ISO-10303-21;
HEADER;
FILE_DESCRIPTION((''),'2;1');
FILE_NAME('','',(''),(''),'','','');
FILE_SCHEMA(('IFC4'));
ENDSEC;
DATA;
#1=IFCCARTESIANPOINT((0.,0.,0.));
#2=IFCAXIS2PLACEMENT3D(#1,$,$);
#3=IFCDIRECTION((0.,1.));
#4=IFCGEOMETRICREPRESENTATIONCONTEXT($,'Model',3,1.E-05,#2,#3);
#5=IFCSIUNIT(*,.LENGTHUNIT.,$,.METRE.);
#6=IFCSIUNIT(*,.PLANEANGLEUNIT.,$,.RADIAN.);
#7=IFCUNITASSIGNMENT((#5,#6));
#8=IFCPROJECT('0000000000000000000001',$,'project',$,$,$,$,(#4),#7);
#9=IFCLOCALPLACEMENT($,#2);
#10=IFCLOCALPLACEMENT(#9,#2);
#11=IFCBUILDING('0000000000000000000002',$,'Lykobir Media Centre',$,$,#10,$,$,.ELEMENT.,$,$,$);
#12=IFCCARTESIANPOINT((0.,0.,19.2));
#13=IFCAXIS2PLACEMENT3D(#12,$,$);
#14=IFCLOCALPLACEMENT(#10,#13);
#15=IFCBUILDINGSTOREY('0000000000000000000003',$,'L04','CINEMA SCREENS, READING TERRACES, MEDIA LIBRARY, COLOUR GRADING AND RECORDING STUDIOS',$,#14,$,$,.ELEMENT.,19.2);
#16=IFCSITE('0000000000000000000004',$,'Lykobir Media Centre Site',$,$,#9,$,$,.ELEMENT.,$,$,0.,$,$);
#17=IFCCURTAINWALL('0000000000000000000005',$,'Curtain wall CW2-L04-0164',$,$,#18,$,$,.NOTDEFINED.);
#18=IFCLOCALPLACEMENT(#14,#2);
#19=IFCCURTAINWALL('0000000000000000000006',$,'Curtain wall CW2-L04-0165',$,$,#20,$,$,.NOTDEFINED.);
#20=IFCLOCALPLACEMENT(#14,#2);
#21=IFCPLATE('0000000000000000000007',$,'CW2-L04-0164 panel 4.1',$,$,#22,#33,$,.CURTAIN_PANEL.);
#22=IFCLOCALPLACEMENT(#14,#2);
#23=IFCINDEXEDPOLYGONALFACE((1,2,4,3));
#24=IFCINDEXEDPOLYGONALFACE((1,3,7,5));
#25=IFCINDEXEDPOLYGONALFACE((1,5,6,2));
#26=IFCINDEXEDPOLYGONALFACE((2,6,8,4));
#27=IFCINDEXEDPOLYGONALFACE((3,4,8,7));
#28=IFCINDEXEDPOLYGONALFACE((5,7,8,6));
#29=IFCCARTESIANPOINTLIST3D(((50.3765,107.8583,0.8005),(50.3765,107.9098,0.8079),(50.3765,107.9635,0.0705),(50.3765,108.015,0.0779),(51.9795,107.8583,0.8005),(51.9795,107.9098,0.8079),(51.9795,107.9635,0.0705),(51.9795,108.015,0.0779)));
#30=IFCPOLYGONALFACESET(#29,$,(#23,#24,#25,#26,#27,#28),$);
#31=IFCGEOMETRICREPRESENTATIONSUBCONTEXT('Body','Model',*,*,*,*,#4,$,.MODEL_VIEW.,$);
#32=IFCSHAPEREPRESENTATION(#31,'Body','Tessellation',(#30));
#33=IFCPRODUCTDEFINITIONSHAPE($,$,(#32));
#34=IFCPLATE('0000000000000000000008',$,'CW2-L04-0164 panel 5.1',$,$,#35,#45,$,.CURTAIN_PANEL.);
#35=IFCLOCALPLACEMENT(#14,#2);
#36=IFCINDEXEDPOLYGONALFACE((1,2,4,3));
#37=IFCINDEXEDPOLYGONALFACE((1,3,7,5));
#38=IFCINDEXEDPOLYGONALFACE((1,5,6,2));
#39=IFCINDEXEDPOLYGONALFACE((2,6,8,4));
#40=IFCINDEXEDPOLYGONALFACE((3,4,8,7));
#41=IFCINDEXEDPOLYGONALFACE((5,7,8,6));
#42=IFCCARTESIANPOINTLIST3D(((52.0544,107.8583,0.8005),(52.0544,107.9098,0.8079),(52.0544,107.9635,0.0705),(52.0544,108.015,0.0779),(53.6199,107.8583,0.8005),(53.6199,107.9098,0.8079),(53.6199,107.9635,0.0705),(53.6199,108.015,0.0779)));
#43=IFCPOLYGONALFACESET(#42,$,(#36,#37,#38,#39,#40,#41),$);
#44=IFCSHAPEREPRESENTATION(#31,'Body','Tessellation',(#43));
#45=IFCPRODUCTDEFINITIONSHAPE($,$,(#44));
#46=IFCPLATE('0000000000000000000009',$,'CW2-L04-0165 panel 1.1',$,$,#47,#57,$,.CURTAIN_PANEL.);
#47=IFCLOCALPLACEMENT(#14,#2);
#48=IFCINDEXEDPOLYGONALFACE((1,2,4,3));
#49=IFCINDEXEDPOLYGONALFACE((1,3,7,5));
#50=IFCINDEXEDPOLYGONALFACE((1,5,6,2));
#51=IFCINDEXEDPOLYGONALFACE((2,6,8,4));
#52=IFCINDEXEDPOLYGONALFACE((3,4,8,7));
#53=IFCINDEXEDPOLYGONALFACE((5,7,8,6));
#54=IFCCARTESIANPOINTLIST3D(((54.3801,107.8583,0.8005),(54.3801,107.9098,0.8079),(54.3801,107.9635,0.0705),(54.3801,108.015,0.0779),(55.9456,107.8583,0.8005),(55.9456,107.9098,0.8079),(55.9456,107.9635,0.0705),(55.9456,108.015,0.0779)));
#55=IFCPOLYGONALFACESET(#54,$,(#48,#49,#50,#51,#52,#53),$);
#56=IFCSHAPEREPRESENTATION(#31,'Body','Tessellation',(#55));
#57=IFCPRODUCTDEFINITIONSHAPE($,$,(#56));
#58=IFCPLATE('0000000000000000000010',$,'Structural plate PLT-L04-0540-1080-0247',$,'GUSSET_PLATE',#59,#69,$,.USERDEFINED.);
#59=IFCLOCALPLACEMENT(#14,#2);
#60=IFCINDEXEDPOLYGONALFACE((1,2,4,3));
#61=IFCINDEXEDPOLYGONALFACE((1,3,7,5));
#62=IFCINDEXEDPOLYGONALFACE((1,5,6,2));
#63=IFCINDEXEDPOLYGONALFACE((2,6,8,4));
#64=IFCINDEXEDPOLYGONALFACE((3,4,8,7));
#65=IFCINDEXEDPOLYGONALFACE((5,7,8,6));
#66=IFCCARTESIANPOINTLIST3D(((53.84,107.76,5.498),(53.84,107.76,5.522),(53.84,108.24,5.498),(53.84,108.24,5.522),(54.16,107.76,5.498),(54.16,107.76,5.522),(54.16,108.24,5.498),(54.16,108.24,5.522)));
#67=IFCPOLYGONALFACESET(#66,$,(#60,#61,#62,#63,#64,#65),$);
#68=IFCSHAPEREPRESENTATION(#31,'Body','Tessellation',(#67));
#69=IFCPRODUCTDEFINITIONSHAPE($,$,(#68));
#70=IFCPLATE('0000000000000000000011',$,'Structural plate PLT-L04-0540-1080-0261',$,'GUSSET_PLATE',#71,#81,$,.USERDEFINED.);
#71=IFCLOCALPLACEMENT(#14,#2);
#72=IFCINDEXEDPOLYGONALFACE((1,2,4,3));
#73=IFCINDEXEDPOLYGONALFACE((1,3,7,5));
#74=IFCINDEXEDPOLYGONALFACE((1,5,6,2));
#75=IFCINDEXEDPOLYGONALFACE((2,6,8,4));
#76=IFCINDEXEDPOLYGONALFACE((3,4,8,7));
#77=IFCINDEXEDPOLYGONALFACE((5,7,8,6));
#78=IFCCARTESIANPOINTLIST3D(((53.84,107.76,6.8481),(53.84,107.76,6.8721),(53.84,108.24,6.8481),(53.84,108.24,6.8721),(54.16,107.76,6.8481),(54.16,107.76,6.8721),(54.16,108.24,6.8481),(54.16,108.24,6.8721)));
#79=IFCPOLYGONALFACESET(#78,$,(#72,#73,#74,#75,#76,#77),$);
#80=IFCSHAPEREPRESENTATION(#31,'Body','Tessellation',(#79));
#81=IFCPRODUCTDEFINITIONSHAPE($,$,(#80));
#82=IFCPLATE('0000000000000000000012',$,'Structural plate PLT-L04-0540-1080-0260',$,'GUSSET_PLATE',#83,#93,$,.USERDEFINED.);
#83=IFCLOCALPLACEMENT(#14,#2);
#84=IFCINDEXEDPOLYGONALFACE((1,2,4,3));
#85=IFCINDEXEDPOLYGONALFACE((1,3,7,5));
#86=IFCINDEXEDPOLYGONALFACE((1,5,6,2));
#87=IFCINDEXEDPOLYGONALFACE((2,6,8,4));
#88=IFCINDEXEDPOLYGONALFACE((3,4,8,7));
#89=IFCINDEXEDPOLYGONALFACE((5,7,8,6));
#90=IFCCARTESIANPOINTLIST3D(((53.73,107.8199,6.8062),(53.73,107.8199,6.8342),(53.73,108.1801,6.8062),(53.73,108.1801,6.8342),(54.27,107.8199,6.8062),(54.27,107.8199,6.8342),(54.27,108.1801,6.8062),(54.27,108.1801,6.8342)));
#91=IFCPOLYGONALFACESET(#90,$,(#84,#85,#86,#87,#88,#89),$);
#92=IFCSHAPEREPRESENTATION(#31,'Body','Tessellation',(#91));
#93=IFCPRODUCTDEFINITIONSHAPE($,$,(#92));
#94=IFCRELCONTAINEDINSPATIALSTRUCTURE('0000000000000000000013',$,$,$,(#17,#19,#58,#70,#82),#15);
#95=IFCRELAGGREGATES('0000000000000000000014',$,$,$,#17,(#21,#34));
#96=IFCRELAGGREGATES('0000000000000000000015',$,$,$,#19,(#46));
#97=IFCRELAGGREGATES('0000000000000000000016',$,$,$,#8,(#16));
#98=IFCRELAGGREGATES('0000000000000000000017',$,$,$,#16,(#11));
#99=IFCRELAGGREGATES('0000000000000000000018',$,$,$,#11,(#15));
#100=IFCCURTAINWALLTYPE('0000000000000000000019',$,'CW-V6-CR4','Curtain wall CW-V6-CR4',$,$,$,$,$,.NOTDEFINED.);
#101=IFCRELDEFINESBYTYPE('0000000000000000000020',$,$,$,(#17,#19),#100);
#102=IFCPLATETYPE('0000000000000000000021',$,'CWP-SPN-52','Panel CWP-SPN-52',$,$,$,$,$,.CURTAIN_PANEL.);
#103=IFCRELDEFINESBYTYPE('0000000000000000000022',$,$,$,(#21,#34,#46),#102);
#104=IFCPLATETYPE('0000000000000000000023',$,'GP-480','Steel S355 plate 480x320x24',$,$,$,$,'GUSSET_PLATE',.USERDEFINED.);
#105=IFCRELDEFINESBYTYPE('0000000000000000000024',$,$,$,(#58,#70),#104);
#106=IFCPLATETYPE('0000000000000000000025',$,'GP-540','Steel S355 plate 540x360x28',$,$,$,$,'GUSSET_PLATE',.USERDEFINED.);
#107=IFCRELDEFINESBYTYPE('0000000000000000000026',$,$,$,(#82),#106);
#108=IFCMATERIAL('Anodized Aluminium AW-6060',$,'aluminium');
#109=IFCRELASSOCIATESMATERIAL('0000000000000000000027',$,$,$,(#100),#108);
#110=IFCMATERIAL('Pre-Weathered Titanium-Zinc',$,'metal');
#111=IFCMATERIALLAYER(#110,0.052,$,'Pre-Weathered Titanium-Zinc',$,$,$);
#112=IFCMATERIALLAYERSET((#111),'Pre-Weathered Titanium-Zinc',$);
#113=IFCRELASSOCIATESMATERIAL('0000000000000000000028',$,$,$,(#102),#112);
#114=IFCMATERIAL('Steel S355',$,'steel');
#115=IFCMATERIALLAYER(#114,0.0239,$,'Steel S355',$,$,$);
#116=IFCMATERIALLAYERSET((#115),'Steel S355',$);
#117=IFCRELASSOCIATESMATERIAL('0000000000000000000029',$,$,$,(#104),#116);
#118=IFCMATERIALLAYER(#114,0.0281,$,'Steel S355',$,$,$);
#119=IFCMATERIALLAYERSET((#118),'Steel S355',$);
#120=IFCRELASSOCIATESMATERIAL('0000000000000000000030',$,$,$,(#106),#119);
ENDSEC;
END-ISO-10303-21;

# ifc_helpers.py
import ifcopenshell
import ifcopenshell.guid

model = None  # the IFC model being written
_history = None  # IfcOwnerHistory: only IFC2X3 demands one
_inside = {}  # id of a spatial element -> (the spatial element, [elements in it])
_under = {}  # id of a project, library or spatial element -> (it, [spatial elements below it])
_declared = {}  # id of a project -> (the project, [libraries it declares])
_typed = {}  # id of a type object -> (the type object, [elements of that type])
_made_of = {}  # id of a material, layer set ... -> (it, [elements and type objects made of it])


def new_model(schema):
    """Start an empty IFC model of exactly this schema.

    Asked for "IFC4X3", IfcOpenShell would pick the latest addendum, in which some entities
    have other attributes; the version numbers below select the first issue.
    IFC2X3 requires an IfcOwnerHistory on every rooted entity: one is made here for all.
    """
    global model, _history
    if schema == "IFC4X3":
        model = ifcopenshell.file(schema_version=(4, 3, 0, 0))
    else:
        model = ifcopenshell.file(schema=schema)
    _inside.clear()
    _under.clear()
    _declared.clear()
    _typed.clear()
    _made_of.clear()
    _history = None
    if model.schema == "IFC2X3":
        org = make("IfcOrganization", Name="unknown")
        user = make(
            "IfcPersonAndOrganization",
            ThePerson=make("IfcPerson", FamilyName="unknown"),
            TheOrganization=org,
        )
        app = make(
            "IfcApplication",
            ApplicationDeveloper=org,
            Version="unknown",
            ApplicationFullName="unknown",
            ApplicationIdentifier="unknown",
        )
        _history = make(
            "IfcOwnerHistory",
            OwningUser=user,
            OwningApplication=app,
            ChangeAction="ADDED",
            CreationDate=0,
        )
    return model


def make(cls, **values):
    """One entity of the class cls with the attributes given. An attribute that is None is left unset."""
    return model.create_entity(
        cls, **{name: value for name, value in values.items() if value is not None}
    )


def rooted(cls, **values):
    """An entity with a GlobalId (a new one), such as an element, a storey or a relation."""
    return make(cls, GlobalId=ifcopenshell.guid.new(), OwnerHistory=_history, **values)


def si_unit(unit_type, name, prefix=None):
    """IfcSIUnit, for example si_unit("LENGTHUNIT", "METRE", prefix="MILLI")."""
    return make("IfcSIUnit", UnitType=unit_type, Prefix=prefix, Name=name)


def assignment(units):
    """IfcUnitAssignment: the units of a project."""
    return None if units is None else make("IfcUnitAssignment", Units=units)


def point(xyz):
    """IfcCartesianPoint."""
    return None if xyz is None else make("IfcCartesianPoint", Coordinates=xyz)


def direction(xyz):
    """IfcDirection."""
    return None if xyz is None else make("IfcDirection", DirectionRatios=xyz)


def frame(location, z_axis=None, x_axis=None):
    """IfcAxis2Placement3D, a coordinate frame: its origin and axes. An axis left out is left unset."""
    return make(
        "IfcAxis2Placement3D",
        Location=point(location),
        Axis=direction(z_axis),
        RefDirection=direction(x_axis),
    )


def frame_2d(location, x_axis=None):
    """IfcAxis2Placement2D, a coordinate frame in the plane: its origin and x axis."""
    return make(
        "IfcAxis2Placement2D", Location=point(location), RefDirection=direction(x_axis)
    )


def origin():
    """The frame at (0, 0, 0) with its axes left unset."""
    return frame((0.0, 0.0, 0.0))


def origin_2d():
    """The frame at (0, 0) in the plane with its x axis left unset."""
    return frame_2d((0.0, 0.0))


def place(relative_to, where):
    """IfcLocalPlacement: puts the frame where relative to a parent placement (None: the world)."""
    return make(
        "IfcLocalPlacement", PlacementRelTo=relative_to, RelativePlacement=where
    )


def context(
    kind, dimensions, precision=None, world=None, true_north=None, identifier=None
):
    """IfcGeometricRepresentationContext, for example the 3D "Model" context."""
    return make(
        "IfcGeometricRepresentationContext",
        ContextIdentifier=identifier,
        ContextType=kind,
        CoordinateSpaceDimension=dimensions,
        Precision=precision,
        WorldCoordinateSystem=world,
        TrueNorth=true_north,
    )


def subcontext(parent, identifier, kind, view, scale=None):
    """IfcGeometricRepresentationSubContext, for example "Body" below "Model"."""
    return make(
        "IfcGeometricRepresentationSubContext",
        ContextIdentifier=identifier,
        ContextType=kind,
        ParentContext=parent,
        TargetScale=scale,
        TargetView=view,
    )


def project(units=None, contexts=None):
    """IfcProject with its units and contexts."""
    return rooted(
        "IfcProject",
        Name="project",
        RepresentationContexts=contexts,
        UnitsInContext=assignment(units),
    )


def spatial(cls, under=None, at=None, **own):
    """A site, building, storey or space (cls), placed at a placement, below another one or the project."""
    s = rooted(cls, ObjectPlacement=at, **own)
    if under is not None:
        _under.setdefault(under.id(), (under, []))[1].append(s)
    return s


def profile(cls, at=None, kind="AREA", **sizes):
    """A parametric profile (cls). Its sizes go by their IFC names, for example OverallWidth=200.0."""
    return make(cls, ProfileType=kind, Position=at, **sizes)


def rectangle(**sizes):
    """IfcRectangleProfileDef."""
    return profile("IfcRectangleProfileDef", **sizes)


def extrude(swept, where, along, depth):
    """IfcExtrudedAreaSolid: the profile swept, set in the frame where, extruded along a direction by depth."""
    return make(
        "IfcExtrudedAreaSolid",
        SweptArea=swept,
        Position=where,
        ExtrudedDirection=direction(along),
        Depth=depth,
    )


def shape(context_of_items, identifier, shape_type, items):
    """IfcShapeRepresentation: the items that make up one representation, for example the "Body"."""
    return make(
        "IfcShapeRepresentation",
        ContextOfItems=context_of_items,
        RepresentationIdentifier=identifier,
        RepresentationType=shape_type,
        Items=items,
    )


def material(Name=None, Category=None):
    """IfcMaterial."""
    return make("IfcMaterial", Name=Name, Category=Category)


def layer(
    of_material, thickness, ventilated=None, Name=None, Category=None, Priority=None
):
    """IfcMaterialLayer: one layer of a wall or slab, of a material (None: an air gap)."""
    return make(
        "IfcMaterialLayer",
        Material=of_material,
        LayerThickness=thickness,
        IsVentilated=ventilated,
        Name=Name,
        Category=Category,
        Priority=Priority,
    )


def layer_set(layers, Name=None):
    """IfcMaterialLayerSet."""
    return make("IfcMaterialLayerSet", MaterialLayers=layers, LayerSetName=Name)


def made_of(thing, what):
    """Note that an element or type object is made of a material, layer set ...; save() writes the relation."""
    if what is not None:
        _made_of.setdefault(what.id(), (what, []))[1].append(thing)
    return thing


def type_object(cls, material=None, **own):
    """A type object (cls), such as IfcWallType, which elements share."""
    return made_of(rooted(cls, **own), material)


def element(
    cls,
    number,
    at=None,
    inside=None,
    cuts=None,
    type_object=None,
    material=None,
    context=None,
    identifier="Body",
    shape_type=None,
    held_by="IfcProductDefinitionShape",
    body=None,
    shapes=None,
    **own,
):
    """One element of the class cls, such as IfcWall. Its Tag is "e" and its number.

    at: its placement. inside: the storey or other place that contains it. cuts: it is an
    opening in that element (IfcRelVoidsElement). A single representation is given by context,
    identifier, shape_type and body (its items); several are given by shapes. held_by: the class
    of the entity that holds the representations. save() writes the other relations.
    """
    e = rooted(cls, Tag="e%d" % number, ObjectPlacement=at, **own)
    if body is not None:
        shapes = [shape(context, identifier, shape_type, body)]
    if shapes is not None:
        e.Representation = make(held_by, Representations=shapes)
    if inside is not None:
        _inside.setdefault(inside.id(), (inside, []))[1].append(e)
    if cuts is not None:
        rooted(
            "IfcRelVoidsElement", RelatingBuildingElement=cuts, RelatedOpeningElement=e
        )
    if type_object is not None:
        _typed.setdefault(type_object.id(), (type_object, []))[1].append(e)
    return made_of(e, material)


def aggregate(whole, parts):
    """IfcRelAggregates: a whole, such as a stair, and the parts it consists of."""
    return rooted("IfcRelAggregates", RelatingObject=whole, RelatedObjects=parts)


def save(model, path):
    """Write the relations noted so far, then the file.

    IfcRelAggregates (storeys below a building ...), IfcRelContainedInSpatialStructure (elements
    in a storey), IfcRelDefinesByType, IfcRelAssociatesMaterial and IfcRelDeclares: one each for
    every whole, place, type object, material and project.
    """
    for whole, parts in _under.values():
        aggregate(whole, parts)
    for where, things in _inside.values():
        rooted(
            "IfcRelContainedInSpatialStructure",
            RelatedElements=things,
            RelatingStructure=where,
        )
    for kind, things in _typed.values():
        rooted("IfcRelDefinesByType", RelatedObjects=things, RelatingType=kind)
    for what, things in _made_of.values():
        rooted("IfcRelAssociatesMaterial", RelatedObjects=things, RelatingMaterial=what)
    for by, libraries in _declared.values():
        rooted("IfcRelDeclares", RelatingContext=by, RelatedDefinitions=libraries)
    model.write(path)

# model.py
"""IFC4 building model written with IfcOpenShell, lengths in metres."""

from ifc_helpers import new_model, si_unit, direction, frame, origin, origin_2d, place, context, subcontext, project, spatial, rectangle, extrude, material, layer, layer_set, type_object, element, aggregate, save


model = new_model("IFC4")

# Units and contexts
model_context = context("Model", 3, precision=1e-05, world=origin(), true_north=direction((0.0, 1.0)))
body_context = subcontext(model_context, "Body", "Model", "MODEL_VIEW")
ifc_project = project(units=[si_unit("LENGTHUNIT", "METRE"), si_unit("PLANEANGLEUNIT", "RADIAN")], contexts=[model_context])

# Site, building, storey
site_placement = place(None, origin())
site = spatial("IfcSite", under=ifc_project, at=site_placement, Name="Lykobir Media Centre Site", CompositionType="ELEMENT", RefElevation=0.0)
building_placement = place(site_placement, origin())
building = spatial("IfcBuilding", under=site, at=building_placement, Name="Lykobir Media Centre", CompositionType="ELEMENT")
storey_placement = place(building_placement, frame((0.0, 0.0, 19.2)))
storey = spatial("IfcBuildingStorey", under=building, at=storey_placement, Name="L04", Description="CINEMA SCREENS, READING TERRACES, MEDIA LIBRARY, COLOUR GRADING AND RECORDING STUDIOS", CompositionType="ELEMENT", Elevation=19.2)

# Shared definitions
ifc_material_1 = material(Name="Steel S355", Category="steel")

# Curtain walls
ifc_material_2 = material(Name="Anodized Aluminium AW-6060", Category="aluminium")
curtain_wall_type_1 = type_object("IfcCurtainWallType", Name="CW-V6-CR4", Description="Curtain wall CW-V6-CR4", PredefinedType="NOTDEFINED", material=ifc_material_2)
curtain_wall_1_placement = place(storey_placement, origin())
curtain_wall_1 = element("IfcCurtainWall", 1, at=curtain_wall_1_placement, inside=storey, type_object=curtain_wall_type_1, Name="Curtain wall CW2-L04-0164", PredefinedType="NOTDEFINED")
curtain_wall_2_placement = place(storey_placement, origin())
curtain_wall_2 = element("IfcCurtainWall", 2, at=curtain_wall_2_placement, inside=storey, type_object=curtain_wall_type_1, Name="Curtain wall CW2-L04-0165", PredefinedType="NOTDEFINED")

# Plates
ifc_material_3 = material(Name="Pre-Weathered Titanium-Zinc", Category="metal")
ifc_layer_1 = layer(ifc_material_3, 0.052, Name="Pre-Weathered Titanium-Zinc")
ifc_layer_set_1 = layer_set([ifc_layer_1], Name="Pre-Weathered Titanium-Zinc")
plate_type_1 = type_object("IfcPlateType", Name="CWP-SPN-52", Description="Panel CWP-SPN-52", PredefinedType="CURTAIN_PANEL", material=ifc_layer_set_1)
plate_1_placement = place(storey_placement, frame((51.178, 107.9893, 0.0742), z_axis=(0.0, -0.142629, 0.989776), x_axis=(1.0, 0.0, 0.0)))
plate_1 = element("IfcPlate", 3, at=plate_1_placement, type_object=plate_type_1, Name="CW2-L04-0164 panel 4.1", PredefinedType="CURTAIN_PANEL", context=body_context, shape_type="SweptSolid", body=[
    extrude(rectangle(XDim=1.603, YDim=0.052, at=origin_2d()), origin(), (0.0, 0.0, 1.0), 0.7375),
])
plate_2_placement = place(storey_placement, frame((52.8372, 107.9893, 0.0742), z_axis=(0.0, -0.142629, 0.989776), x_axis=(1.0, 0.0, 0.0)))
plate_2 = element("IfcPlate", 4, at=plate_2_placement, type_object=plate_type_1, Name="CW2-L04-0164 panel 5.1", PredefinedType="CURTAIN_PANEL", context=body_context, shape_type="SweptSolid", body=[
    extrude(rectangle(XDim=1.5654, YDim=0.052, at=origin_2d()), origin(), (0.0, 0.0, 1.0), 0.7375),
])
aggregate(curtain_wall_1, [plate_1, plate_2])
plate_3_placement = place(storey_placement, frame((55.1628, 107.9893, 0.0742), z_axis=(0.0, -0.142629, 0.989776), x_axis=(1.0, 0.0, 0.0)))
plate_3 = element("IfcPlate", 5, at=plate_3_placement, type_object=plate_type_1, Name="CW2-L04-0165 panel 1.1", PredefinedType="CURTAIN_PANEL", context=body_context, shape_type="SweptSolid", body=[
    extrude(rectangle(XDim=1.5654, YDim=0.052, at=origin_2d()), origin(), (0.0, 0.0, 1.0), 0.7375),
])
aggregate(curtain_wall_2, [plate_3])

# Plates
ifc_layer_2 = layer(ifc_material_1, 0.0239, Name="Steel S355")
ifc_layer_set_2 = layer_set([ifc_layer_2], Name="Steel S355")
plate_type_2 = type_object("IfcPlateType", Name="GP-480", Description="Steel S355 plate 480x320x24", ElementType="GUSSET_PLATE", PredefinedType="USERDEFINED", material=ifc_layer_set_2)
for number, where, z_axis, x_axis, name in (
    (6, (54.0, 108.0, 5.498), (0.0, 0.0, 1.0), (0.0, 1.0, 0.0), "Structural plate PLT-L04-0540-1080-0247"),
    (7, (54.0, 108.0, 6.8481), (0.0, 0.0, 1.0), (0.0, 1.0, 0.0), "Structural plate PLT-L04-0540-1080-0261"),
):
    element("IfcPlate", number, at=place(storey_placement, frame(where, z_axis=z_axis, x_axis=x_axis)), inside=storey, type_object=plate_type_2, Name=name, ObjectType="GUSSET_PLATE", PredefinedType="USERDEFINED", context=body_context, shape_type="SweptSolid", body=[
        extrude(rectangle(XDim=0.48, YDim=0.3201, at=origin_2d()), origin(), (0.0, 0.0, 1.0), 0.0239),
    ])
ifc_layer_3 = layer(ifc_material_1, 0.0281, Name="Steel S355")
ifc_layer_set_3 = layer_set([ifc_layer_3], Name="Steel S355")
plate_type_3 = type_object("IfcPlateType", Name="GP-540", Description="Steel S355 plate 540x360x28", ElementType="GUSSET_PLATE", PredefinedType="USERDEFINED", material=ifc_layer_set_3)
plate_4_placement = place(storey_placement, frame((54.0, 108.0, 6.8062), z_axis=(0.0, 0.0, 1.0), x_axis=(1.0, 0.0, 0.0)))
element("IfcPlate", 8, at=plate_4_placement, inside=storey, type_object=plate_type_3, Name="Structural plate PLT-L04-0540-1080-0260", ObjectType="GUSSET_PLATE", PredefinedType="USERDEFINED", context=body_context, shape_type="SweptSolid", body=[
    extrude(rectangle(XDim=0.54, YDim=0.3601, at=origin_2d()), origin(), (0.0, 0.0, 1.0), 0.0281),
])

save(model, "model.ifc")
